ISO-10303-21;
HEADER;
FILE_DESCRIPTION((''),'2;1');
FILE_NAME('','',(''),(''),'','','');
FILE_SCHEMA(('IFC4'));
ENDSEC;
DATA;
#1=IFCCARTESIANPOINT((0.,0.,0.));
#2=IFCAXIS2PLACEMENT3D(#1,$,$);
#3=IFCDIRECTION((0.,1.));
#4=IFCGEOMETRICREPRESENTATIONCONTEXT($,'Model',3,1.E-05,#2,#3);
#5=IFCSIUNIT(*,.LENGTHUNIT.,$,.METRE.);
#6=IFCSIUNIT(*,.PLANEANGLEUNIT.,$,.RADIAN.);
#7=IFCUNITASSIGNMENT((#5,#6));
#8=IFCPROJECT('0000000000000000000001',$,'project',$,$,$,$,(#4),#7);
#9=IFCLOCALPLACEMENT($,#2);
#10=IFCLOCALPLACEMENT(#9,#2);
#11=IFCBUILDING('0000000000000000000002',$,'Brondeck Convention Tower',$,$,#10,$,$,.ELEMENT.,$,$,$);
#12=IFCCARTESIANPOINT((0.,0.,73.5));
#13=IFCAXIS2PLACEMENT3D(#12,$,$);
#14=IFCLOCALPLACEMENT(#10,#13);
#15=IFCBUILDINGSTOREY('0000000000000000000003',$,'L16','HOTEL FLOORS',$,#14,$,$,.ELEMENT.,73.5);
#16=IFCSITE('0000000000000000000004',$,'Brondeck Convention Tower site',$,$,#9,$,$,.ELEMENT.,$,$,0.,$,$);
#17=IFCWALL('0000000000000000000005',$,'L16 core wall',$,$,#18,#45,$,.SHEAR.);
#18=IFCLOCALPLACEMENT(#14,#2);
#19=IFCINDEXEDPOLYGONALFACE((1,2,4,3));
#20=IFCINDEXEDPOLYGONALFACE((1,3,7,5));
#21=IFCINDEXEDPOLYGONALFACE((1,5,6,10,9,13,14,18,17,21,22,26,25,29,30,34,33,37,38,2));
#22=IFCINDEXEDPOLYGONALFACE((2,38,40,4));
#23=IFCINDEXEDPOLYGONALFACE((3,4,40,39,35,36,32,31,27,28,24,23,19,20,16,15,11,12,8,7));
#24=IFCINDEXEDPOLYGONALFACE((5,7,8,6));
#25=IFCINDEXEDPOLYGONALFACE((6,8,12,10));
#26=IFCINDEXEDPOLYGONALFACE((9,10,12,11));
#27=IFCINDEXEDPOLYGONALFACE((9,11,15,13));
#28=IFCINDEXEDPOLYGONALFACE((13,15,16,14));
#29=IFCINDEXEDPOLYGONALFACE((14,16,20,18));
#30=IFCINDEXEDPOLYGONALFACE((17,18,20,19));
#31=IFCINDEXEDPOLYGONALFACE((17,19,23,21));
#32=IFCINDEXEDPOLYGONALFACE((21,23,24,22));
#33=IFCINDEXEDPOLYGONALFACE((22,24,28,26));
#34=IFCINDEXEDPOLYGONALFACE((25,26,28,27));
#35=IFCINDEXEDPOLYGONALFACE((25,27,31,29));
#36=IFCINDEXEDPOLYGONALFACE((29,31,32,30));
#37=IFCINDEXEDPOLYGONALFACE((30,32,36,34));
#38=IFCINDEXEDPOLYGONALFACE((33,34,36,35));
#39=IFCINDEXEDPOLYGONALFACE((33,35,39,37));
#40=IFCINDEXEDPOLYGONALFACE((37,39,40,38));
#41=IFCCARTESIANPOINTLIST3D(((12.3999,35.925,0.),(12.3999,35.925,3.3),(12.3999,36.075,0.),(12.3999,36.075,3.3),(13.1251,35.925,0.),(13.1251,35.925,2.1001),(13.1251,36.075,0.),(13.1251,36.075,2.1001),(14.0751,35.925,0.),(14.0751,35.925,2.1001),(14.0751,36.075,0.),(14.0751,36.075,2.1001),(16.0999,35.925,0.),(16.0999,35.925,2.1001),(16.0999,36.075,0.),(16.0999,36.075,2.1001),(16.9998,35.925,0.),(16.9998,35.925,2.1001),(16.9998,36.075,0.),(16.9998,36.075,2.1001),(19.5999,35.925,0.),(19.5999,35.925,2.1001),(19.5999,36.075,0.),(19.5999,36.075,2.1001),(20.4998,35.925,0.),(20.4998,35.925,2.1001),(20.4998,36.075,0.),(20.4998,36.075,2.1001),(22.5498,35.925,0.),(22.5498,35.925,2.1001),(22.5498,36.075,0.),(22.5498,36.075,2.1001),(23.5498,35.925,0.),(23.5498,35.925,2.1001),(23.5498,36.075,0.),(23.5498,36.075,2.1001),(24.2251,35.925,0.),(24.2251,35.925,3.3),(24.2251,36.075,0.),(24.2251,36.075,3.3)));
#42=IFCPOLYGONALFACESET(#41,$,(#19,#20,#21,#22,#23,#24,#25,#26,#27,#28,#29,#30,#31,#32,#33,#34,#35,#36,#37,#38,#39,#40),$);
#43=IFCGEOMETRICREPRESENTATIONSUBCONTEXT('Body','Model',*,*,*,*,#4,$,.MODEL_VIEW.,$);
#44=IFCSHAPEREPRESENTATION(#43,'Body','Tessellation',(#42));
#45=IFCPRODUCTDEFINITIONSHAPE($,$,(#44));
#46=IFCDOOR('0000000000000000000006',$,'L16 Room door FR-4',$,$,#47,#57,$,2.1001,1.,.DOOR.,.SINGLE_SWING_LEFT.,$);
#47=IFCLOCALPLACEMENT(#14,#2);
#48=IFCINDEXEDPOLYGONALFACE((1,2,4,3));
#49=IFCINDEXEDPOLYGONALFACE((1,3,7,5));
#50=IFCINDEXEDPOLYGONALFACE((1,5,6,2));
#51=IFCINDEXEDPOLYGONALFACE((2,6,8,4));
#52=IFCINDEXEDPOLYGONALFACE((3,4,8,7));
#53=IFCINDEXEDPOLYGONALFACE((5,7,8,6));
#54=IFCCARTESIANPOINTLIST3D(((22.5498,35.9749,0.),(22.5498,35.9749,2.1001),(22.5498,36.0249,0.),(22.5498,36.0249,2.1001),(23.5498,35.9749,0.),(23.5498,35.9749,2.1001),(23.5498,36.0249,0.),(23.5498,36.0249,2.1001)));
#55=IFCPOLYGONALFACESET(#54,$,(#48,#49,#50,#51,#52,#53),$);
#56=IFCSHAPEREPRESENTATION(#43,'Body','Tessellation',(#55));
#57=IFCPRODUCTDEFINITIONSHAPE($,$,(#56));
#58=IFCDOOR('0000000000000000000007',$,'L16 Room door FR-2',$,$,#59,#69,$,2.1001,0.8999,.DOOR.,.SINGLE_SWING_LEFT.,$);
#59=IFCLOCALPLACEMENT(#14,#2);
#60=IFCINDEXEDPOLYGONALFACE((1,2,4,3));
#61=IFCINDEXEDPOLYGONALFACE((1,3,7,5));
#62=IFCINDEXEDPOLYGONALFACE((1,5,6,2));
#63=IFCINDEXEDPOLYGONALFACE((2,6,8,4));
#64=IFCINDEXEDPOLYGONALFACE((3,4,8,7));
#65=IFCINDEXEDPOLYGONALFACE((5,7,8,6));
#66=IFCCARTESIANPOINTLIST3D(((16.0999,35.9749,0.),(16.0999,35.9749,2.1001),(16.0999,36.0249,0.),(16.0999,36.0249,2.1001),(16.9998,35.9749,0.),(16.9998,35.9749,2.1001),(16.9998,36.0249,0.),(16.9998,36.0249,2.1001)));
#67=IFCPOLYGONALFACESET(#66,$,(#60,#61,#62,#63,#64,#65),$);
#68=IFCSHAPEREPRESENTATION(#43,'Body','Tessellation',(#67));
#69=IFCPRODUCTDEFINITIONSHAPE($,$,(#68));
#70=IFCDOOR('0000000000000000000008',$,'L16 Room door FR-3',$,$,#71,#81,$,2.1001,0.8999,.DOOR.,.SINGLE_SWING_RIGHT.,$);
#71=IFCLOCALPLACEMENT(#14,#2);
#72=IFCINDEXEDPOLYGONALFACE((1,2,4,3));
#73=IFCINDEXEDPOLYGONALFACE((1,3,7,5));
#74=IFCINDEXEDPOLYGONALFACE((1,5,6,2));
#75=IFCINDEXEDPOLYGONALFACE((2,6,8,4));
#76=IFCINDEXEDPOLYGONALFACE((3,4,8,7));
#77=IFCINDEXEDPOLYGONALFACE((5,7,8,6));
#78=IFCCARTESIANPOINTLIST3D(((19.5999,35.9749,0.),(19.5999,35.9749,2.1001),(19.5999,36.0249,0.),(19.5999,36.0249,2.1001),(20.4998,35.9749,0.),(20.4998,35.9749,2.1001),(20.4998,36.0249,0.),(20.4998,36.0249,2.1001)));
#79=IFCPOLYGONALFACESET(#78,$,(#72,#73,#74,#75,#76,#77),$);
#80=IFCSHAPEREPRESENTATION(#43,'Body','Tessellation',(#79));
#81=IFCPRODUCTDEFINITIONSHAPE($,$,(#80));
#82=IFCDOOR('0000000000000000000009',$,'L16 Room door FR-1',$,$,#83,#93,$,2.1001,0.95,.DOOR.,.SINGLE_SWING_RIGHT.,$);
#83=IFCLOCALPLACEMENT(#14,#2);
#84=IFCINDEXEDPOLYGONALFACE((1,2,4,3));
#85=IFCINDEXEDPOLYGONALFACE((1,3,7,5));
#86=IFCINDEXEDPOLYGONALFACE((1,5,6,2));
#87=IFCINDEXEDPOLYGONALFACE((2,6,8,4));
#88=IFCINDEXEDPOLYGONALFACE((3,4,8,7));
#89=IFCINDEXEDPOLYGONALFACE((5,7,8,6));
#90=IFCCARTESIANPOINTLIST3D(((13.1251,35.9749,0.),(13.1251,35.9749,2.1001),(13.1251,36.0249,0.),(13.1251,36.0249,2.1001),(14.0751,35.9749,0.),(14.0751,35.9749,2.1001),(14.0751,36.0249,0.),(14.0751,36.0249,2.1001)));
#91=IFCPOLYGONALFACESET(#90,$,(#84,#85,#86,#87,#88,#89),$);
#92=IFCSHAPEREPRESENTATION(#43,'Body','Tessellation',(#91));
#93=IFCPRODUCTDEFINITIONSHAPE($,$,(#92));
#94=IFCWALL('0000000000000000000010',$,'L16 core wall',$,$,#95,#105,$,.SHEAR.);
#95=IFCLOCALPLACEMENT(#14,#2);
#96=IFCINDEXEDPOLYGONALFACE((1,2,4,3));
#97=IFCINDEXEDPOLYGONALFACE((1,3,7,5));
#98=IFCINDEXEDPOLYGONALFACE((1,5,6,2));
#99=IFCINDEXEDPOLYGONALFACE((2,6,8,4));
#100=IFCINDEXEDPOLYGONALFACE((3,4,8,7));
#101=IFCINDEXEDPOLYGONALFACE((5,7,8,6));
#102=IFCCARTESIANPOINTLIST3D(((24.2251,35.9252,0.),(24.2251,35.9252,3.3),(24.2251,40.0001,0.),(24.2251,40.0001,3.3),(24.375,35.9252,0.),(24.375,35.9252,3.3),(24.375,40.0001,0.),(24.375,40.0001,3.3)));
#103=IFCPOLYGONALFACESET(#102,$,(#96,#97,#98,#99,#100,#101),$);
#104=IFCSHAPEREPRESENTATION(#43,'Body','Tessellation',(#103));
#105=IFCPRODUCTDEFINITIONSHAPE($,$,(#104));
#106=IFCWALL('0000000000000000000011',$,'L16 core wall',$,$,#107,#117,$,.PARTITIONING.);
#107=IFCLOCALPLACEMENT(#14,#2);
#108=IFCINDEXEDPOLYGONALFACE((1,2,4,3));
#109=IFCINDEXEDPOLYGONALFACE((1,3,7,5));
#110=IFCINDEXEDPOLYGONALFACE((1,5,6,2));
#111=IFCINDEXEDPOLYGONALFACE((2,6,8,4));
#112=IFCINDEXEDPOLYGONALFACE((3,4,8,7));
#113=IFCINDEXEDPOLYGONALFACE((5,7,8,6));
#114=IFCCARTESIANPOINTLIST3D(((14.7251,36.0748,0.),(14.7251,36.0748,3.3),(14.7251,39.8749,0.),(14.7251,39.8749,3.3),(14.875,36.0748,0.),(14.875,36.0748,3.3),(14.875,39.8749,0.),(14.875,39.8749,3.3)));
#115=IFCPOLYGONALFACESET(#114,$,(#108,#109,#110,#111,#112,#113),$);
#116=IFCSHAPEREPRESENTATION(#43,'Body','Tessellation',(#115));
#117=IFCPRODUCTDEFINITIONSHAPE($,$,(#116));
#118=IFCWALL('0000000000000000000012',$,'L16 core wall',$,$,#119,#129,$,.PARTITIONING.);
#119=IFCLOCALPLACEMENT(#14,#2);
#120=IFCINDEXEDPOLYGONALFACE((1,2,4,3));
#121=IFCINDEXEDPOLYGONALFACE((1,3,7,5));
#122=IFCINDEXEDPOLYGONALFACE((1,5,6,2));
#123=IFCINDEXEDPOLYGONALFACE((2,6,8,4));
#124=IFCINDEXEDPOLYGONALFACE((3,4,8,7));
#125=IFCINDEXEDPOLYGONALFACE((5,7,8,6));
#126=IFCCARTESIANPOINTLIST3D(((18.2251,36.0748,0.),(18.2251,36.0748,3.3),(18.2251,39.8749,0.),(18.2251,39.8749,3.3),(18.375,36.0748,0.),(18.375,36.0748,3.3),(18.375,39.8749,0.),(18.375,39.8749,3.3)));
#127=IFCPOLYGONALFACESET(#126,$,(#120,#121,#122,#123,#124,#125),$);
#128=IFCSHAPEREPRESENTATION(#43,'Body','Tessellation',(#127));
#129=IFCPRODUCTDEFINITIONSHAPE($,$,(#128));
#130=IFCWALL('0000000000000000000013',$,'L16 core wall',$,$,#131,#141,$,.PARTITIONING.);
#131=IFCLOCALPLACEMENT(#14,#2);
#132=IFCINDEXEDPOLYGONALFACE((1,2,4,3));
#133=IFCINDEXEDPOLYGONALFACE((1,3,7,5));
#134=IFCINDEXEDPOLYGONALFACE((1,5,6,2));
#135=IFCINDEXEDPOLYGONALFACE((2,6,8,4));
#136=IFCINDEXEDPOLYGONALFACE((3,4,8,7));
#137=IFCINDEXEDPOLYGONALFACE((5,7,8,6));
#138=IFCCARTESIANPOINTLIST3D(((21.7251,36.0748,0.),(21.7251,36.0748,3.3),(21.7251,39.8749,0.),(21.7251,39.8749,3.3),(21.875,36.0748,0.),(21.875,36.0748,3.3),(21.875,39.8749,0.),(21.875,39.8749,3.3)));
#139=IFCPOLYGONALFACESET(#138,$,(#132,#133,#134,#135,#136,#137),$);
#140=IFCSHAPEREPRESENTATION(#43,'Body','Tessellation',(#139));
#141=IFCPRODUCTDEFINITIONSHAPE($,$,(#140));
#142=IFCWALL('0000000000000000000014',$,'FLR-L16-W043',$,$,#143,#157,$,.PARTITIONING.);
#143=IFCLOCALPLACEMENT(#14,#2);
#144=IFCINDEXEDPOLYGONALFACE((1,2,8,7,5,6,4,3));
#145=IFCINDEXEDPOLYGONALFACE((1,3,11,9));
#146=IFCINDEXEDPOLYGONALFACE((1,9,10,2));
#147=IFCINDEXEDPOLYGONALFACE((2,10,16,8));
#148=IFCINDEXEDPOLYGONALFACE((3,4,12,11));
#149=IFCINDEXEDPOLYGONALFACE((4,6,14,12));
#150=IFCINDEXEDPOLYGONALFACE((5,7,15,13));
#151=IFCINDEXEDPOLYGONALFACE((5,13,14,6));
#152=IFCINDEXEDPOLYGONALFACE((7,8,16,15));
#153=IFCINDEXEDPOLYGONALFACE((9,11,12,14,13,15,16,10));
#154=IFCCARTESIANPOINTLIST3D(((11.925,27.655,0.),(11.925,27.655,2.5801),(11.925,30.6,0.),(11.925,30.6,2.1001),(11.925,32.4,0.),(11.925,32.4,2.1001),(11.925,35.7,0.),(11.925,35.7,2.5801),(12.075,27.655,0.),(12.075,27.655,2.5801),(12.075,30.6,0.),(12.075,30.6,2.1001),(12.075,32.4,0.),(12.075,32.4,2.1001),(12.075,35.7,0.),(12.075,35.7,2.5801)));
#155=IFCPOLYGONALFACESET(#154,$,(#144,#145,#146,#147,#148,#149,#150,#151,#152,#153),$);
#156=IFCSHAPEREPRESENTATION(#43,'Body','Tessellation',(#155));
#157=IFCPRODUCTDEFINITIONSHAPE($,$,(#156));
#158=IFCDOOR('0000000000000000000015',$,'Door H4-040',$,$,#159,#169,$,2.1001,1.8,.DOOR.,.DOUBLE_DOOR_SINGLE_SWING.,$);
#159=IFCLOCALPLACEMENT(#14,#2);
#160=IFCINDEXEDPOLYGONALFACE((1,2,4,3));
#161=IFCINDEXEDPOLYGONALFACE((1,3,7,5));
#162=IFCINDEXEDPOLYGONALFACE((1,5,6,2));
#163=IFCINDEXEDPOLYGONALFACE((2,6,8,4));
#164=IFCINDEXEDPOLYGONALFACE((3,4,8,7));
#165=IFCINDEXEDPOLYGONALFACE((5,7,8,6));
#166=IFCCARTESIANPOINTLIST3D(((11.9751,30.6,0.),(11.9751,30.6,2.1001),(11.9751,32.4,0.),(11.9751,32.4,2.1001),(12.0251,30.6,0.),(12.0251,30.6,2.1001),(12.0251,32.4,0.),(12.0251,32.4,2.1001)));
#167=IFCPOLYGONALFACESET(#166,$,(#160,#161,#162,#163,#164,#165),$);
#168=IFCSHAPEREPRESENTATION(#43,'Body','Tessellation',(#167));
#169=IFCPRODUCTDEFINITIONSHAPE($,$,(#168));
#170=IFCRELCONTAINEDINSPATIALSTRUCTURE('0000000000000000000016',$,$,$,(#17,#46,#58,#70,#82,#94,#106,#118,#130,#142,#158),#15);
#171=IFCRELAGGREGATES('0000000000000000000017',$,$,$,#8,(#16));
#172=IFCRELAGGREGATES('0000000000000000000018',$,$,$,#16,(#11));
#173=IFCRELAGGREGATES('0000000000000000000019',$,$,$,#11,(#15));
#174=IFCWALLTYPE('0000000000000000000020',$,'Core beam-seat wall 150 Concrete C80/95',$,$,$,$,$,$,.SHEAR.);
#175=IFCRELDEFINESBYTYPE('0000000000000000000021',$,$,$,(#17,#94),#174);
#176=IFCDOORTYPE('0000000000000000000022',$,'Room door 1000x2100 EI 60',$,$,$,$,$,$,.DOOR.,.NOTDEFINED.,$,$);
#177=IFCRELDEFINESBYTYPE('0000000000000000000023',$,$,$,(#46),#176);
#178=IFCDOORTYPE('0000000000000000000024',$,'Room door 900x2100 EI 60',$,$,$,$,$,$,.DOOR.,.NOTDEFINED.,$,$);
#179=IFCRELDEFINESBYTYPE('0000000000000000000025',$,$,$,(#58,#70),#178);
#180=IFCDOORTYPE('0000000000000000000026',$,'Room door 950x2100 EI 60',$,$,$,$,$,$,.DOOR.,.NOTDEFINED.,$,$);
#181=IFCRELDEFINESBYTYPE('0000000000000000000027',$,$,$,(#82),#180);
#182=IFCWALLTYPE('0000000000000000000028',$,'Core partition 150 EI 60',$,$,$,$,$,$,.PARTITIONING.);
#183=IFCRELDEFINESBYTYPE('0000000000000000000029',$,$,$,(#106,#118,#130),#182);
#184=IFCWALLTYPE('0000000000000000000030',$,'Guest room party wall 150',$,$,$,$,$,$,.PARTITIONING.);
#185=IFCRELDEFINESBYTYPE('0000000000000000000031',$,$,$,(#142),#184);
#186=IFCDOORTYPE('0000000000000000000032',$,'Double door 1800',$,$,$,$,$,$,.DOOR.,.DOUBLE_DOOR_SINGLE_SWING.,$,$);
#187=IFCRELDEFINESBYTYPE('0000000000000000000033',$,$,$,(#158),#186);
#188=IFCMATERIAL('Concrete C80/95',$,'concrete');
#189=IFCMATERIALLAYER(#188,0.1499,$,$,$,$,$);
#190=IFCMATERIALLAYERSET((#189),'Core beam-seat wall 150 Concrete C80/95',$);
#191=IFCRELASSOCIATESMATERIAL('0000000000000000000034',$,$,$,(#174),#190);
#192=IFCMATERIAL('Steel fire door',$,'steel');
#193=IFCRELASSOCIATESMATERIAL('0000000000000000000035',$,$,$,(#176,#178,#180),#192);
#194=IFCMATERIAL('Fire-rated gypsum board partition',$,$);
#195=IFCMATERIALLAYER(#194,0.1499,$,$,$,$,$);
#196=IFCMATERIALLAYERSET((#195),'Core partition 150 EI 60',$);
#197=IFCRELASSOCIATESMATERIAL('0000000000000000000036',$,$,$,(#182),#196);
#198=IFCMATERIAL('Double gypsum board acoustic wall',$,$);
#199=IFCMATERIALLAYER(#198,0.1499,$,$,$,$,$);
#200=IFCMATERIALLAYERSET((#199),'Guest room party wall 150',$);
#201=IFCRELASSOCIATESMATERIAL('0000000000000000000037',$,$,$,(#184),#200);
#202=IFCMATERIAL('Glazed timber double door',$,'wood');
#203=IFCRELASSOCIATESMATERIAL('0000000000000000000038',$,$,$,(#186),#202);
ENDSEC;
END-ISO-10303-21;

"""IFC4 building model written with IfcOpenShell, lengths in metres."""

from ifc_helpers import new_model, si_unit, direction, frame, frame_2d, origin, place, context, subcontext, project, spatial, rectangle, extrude, material, layer, layer_set, type_object, element, fill, save


model = new_model("IFC4")

# Units and contexts
model_context = context("Model", 3, precision=1e-05, world=origin(), true_north=direction((0.0, 1.0)))
body_context = subcontext(model_context, "Body", "Model", "MODEL_VIEW")
ifc_project = project(units=[si_unit("LENGTHUNIT", "METRE"), si_unit("PLANEANGLEUNIT", "RADIAN")], contexts=[model_context])

# Site, building, storey
site_placement = place(None, origin())
site = spatial("IfcSite", under=ifc_project, at=site_placement, Name="Brondeck Convention Tower site", CompositionType="ELEMENT", RefElevation=0.0)
building_placement = place(site_placement, origin())
building = spatial("IfcBuilding", under=site, at=building_placement, Name="Brondeck Convention Tower", CompositionType="ELEMENT")
storey_placement = place(building_placement, frame((0.0, 0.0, 73.5)))
storey = spatial("IfcBuildingStorey", under=building, at=storey_placement, Name="L16", Description="HOTEL FLOORS", CompositionType="ELEMENT", Elevation=73.5)

# Wall, openings, doors
ifc_material_1 = material(Name="Concrete C80/95", Category="concrete")
ifc_layer_1 = layer(ifc_material_1, 0.1499)
ifc_layer_set_1 = layer_set([ifc_layer_1], Name="Core beam-seat wall 150 Concrete C80/95")
wall_type_1 = type_object("IfcWallType", Name="Core beam-seat wall 150 Concrete C80/95", PredefinedType="SHEAR", material=ifc_layer_set_1)
wall_1_placement = place(storey_placement, frame((12.3999, 36.0, 0.0), z_axis=(0.0, 0.0, 1.0), x_axis=(1.0, 0.0, 0.0)))
wall_1 = element("IfcWall", 1, at=wall_1_placement, inside=storey, type_object=wall_type_1, Name="L16 core wall", PredefinedType="SHEAR", context=body_context, shape_type="SweptSolid", body=[
    extrude(rectangle(XDim=11.8252, YDim=0.1499, at=frame_2d((5.9126, 0.0))), origin(), (0.0, 0.0, 1.0), 3.3),
])
opening_1_placement = place(wall_1_placement, frame((0.7251, 0.0, 0.0)))
opening_1 = element("IfcOpeningElement", 2, at=opening_1_placement, cuts=wall_1, PredefinedType="OPENING", context=body_context, shape_type="SweptSolid", body=[
    extrude(rectangle(XDim=0.95, YDim=2.1001, at=frame_2d((0.4751, 1.05))), frame((0.0, 0.085, 0.0), z_axis=(0.0, -1.0, 0.0), x_axis=(1.0, 0.0, 0.0)), (0.0, 0.0, 1.0), 0.1699),
])
opening_2_placement = place(wall_1_placement, frame((3.7, 0.0, 0.0)))
opening_2 = element("IfcOpeningElement", 3, at=opening_2_placement, cuts=wall_1, PredefinedType="OPENING", context=body_context, shape_type="SweptSolid", body=[
    extrude(rectangle(XDim=0.8999, YDim=2.1001, at=frame_2d((0.45, 1.05))), frame((0.0, 0.085, 0.0), z_axis=(0.0, -1.0, 0.0), x_axis=(1.0, 0.0, 0.0)), (0.0, 0.0, 1.0), 0.1699),
])
opening_3_placement = place(wall_1_placement, frame((7.2, 0.0, 0.0)))
opening_3 = element("IfcOpeningElement", 4, at=opening_3_placement, cuts=wall_1, PredefinedType="OPENING", context=body_context, shape_type="SweptSolid", body=[
    extrude(rectangle(XDim=0.8999, YDim=2.1001, at=frame_2d((0.45, 1.05))), frame((0.0, 0.085, 0.0), z_axis=(0.0, -1.0, 0.0), x_axis=(1.0, 0.0, 0.0)), (0.0, 0.0, 1.0), 0.1699),
])
opening_4_placement = place(wall_1_placement, frame((10.1499, 0.0, 0.0)))
opening_4 = element("IfcOpeningElement", 5, at=opening_4_placement, cuts=wall_1, PredefinedType="OPENING", context=body_context, shape_type="SweptSolid", body=[
    extrude(rectangle(XDim=1.0, YDim=2.1001, at=frame_2d((0.5, 1.05))), frame((0.0, 0.085, 0.0), z_axis=(0.0, -1.0, 0.0), x_axis=(1.0, 0.0, 0.0)), (0.0, 0.0, 1.0), 0.1699),
])
ifc_material_2 = material(Name="Steel fire door", Category="steel")
door_type_1 = type_object("IfcDoorType", Name="Room door 1000x2100 EI 60", OperationType="NOTDEFINED", PredefinedType="DOOR", material=ifc_material_2)
door_1_placement = place(opening_4_placement, origin())
door_1 = element("IfcDoor", 6, at=door_1_placement, inside=storey, type_object=door_type_1, Name="L16 Room door FR-4", OperationType="SINGLE_SWING_LEFT", OverallHeight=2.1001, OverallWidth=1.0, PredefinedType="DOOR", context=body_context, shape_type="SweptSolid", body=[
    extrude(rectangle(XDim=1.0, YDim=2.1001, at=frame_2d((0.5, 1.05))), frame((0.0, 0.0249, 0.0), z_axis=(0.0, -1.0, 0.0), x_axis=(1.0, 0.0, 0.0)), (0.0, 0.0, 1.0), 0.05),
])
fill(opening_4, door_1)
door_type_2 = type_object("IfcDoorType", Name="Room door 900x2100 EI 60", OperationType="NOTDEFINED", PredefinedType="DOOR", material=ifc_material_2)
door_2_placement = place(opening_2_placement, origin())
door_2 = element("IfcDoor", 7, at=door_2_placement, inside=storey, type_object=door_type_2, Name="L16 Room door FR-2", OperationType="SINGLE_SWING_LEFT", OverallHeight=2.1001, OverallWidth=0.8999, PredefinedType="DOOR", context=body_context, shape_type="SweptSolid", body=[
    extrude(rectangle(XDim=0.8999, YDim=2.1001, at=frame_2d((0.45, 1.05))), frame((0.0, 0.0249, 0.0), z_axis=(0.0, -1.0, 0.0), x_axis=(1.0, 0.0, 0.0)), (0.0, 0.0, 1.0), 0.05),
])
fill(opening_2, door_2)
door_3_placement = place(opening_3_placement, origin())
door_3 = element("IfcDoor", 8, at=door_3_placement, inside=storey, type_object=door_type_2, Name="L16 Room door FR-3", OperationType="SINGLE_SWING_RIGHT", OverallHeight=2.1001, OverallWidth=0.8999, PredefinedType="DOOR", context=body_context, shape_type="SweptSolid", body=[
    extrude(rectangle(XDim=0.8999, YDim=2.1001, at=frame_2d((0.45, 1.05))), frame((0.0, 0.0249, 0.0), z_axis=(0.0, -1.0, 0.0), x_axis=(1.0, 0.0, 0.0)), (0.0, 0.0, 1.0), 0.05),
])
fill(opening_3, door_3)
door_type_3 = type_object("IfcDoorType", Name="Room door 950x2100 EI 60", OperationType="NOTDEFINED", PredefinedType="DOOR", material=ifc_material_2)
door_4_placement = place(opening_1_placement, origin())
door_4 = element("IfcDoor", 9, at=door_4_placement, inside=storey, type_object=door_type_3, Name="L16 Room door FR-1", OperationType="SINGLE_SWING_RIGHT", OverallHeight=2.1001, OverallWidth=0.95, PredefinedType="DOOR", context=body_context, shape_type="SweptSolid", body=[
    extrude(rectangle(XDim=0.95, YDim=2.1001, at=frame_2d((0.4751, 1.05))), frame((0.0, 0.0249, 0.0), z_axis=(0.0, -1.0, 0.0), x_axis=(1.0, 0.0, 0.0)), (0.0, 0.0, 1.0), 0.05),
])
fill(opening_1, door_4)

# Walls
wall_2_placement = place(storey_placement, frame((24.3, 35.925, 0.0), z_axis=(0.0, 0.0, 1.0), x_axis=(0.0, 1.0, 0.0)))
element("IfcWall", 10, at=wall_2_placement, inside=storey, type_object=wall_type_1, Name="L16 core wall", PredefinedType="SHEAR", context=body_context, shape_type="SweptSolid", body=[
    extrude(rectangle(XDim=4.075, YDim=0.1499, at=frame_2d((2.0376, 0.0))), origin(), (0.0, 0.0, 1.0), 3.3),
])
ifc_material_3 = material(Name="Fire-rated gypsum board partition")
ifc_layer_2 = layer(ifc_material_3, 0.1499)
ifc_layer_set_2 = layer_set([ifc_layer_2], Name="Core partition 150 EI 60")
wall_type_2 = type_object("IfcWallType", Name="Core partition 150 EI 60", PredefinedType="PARTITIONING", material=ifc_layer_set_2)
for number, where, z_axis, x_axis, name in (
    (11, (14.8, 36.075, 0.0), (0.0, 0.0, 1.0), (0.0, 1.0, 0.0), "L16 core wall"),
    (12, (18.3, 36.075, 0.0), (0.0, 0.0, 1.0), (0.0, 1.0, 0.0), "L16 core wall"),
    (13, (21.8, 36.075, 0.0), (0.0, 0.0, 1.0), (0.0, 1.0, 0.0), "L16 core wall"),
):
    element("IfcWall", number, at=place(storey_placement, frame(where, z_axis=z_axis, x_axis=x_axis)), inside=storey, type_object=wall_type_2, Name=name, PredefinedType="PARTITIONING", context=body_context, shape_type="SweptSolid", body=[
        extrude(rectangle(XDim=3.8, YDim=0.1499, at=frame_2d((1.8999, 0.0))), origin(), (0.0, 0.0, 1.0), 3.3),
    ])

# Wall, opening, door
ifc_material_4 = material(Name="Double gypsum board acoustic wall")
ifc_layer_3 = layer(ifc_material_4, 0.1499)
ifc_layer_set_3 = layer_set([ifc_layer_3], Name="Guest room party wall 150")
wall_type_3 = type_object("IfcWallType", Name="Guest room party wall 150", PredefinedType="PARTITIONING", material=ifc_layer_set_3)
wall_3_placement = place(storey_placement, frame((12.0, 27.655, 0.0), z_axis=(0.0, 0.0, 1.0), x_axis=(0.0, 1.0, 0.0)))
wall_3 = element("IfcWall", 14, at=wall_3_placement, inside=storey, type_object=wall_type_3, Name="FLR-L16-W043", PredefinedType="PARTITIONING", context=body_context, shape_type="SweptSolid", body=[
    extrude(rectangle(XDim=8.0449, YDim=0.1499, at=frame_2d((4.0225, 0.0))), origin(), (0.0, 0.0, 1.0), 2.5801),
])
opening_5_placement = place(wall_3_placement, frame((2.9451, 0.0, 0.0)))
opening_5 = element("IfcOpeningElement", 15, at=opening_5_placement, cuts=wall_3, PredefinedType="OPENING", context=body_context, shape_type="SweptSolid", body=[
    extrude(rectangle(XDim=1.8, YDim=2.1001, at=frame_2d((0.8999, 1.05))), frame((0.0, 0.085, 0.0), z_axis=(0.0, -1.0, 0.0), x_axis=(1.0, 0.0, 0.0)), (0.0, 0.0, 1.0), 0.1699),
])
ifc_material_5 = material(Name="Glazed timber double door", Category="wood")
door_type_4 = type_object("IfcDoorType", Name="Double door 1800", OperationType="DOUBLE_DOOR_SINGLE_SWING", PredefinedType="DOOR", material=ifc_material_5)
door_5_placement = place(opening_5_placement, origin())
door_5 = element("IfcDoor", 16, at=door_5_placement, inside=storey, type_object=door_type_4, Name="Door H4-040", OperationType="DOUBLE_DOOR_SINGLE_SWING", OverallHeight=2.1001, OverallWidth=1.8, PredefinedType="DOOR", context=body_context, shape_type="SweptSolid", body=[
    extrude(rectangle(XDim=1.8, YDim=2.1001, at=frame_2d((0.8999, 1.05))), frame((0.0, 0.0249, 0.0), z_axis=(0.0, -1.0, 0.0), x_axis=(1.0, 0.0, 0.0)), (0.0, 0.0, 1.0), 0.05),
])
fill(opening_5, door_5)

save(model, "model.ifc")
